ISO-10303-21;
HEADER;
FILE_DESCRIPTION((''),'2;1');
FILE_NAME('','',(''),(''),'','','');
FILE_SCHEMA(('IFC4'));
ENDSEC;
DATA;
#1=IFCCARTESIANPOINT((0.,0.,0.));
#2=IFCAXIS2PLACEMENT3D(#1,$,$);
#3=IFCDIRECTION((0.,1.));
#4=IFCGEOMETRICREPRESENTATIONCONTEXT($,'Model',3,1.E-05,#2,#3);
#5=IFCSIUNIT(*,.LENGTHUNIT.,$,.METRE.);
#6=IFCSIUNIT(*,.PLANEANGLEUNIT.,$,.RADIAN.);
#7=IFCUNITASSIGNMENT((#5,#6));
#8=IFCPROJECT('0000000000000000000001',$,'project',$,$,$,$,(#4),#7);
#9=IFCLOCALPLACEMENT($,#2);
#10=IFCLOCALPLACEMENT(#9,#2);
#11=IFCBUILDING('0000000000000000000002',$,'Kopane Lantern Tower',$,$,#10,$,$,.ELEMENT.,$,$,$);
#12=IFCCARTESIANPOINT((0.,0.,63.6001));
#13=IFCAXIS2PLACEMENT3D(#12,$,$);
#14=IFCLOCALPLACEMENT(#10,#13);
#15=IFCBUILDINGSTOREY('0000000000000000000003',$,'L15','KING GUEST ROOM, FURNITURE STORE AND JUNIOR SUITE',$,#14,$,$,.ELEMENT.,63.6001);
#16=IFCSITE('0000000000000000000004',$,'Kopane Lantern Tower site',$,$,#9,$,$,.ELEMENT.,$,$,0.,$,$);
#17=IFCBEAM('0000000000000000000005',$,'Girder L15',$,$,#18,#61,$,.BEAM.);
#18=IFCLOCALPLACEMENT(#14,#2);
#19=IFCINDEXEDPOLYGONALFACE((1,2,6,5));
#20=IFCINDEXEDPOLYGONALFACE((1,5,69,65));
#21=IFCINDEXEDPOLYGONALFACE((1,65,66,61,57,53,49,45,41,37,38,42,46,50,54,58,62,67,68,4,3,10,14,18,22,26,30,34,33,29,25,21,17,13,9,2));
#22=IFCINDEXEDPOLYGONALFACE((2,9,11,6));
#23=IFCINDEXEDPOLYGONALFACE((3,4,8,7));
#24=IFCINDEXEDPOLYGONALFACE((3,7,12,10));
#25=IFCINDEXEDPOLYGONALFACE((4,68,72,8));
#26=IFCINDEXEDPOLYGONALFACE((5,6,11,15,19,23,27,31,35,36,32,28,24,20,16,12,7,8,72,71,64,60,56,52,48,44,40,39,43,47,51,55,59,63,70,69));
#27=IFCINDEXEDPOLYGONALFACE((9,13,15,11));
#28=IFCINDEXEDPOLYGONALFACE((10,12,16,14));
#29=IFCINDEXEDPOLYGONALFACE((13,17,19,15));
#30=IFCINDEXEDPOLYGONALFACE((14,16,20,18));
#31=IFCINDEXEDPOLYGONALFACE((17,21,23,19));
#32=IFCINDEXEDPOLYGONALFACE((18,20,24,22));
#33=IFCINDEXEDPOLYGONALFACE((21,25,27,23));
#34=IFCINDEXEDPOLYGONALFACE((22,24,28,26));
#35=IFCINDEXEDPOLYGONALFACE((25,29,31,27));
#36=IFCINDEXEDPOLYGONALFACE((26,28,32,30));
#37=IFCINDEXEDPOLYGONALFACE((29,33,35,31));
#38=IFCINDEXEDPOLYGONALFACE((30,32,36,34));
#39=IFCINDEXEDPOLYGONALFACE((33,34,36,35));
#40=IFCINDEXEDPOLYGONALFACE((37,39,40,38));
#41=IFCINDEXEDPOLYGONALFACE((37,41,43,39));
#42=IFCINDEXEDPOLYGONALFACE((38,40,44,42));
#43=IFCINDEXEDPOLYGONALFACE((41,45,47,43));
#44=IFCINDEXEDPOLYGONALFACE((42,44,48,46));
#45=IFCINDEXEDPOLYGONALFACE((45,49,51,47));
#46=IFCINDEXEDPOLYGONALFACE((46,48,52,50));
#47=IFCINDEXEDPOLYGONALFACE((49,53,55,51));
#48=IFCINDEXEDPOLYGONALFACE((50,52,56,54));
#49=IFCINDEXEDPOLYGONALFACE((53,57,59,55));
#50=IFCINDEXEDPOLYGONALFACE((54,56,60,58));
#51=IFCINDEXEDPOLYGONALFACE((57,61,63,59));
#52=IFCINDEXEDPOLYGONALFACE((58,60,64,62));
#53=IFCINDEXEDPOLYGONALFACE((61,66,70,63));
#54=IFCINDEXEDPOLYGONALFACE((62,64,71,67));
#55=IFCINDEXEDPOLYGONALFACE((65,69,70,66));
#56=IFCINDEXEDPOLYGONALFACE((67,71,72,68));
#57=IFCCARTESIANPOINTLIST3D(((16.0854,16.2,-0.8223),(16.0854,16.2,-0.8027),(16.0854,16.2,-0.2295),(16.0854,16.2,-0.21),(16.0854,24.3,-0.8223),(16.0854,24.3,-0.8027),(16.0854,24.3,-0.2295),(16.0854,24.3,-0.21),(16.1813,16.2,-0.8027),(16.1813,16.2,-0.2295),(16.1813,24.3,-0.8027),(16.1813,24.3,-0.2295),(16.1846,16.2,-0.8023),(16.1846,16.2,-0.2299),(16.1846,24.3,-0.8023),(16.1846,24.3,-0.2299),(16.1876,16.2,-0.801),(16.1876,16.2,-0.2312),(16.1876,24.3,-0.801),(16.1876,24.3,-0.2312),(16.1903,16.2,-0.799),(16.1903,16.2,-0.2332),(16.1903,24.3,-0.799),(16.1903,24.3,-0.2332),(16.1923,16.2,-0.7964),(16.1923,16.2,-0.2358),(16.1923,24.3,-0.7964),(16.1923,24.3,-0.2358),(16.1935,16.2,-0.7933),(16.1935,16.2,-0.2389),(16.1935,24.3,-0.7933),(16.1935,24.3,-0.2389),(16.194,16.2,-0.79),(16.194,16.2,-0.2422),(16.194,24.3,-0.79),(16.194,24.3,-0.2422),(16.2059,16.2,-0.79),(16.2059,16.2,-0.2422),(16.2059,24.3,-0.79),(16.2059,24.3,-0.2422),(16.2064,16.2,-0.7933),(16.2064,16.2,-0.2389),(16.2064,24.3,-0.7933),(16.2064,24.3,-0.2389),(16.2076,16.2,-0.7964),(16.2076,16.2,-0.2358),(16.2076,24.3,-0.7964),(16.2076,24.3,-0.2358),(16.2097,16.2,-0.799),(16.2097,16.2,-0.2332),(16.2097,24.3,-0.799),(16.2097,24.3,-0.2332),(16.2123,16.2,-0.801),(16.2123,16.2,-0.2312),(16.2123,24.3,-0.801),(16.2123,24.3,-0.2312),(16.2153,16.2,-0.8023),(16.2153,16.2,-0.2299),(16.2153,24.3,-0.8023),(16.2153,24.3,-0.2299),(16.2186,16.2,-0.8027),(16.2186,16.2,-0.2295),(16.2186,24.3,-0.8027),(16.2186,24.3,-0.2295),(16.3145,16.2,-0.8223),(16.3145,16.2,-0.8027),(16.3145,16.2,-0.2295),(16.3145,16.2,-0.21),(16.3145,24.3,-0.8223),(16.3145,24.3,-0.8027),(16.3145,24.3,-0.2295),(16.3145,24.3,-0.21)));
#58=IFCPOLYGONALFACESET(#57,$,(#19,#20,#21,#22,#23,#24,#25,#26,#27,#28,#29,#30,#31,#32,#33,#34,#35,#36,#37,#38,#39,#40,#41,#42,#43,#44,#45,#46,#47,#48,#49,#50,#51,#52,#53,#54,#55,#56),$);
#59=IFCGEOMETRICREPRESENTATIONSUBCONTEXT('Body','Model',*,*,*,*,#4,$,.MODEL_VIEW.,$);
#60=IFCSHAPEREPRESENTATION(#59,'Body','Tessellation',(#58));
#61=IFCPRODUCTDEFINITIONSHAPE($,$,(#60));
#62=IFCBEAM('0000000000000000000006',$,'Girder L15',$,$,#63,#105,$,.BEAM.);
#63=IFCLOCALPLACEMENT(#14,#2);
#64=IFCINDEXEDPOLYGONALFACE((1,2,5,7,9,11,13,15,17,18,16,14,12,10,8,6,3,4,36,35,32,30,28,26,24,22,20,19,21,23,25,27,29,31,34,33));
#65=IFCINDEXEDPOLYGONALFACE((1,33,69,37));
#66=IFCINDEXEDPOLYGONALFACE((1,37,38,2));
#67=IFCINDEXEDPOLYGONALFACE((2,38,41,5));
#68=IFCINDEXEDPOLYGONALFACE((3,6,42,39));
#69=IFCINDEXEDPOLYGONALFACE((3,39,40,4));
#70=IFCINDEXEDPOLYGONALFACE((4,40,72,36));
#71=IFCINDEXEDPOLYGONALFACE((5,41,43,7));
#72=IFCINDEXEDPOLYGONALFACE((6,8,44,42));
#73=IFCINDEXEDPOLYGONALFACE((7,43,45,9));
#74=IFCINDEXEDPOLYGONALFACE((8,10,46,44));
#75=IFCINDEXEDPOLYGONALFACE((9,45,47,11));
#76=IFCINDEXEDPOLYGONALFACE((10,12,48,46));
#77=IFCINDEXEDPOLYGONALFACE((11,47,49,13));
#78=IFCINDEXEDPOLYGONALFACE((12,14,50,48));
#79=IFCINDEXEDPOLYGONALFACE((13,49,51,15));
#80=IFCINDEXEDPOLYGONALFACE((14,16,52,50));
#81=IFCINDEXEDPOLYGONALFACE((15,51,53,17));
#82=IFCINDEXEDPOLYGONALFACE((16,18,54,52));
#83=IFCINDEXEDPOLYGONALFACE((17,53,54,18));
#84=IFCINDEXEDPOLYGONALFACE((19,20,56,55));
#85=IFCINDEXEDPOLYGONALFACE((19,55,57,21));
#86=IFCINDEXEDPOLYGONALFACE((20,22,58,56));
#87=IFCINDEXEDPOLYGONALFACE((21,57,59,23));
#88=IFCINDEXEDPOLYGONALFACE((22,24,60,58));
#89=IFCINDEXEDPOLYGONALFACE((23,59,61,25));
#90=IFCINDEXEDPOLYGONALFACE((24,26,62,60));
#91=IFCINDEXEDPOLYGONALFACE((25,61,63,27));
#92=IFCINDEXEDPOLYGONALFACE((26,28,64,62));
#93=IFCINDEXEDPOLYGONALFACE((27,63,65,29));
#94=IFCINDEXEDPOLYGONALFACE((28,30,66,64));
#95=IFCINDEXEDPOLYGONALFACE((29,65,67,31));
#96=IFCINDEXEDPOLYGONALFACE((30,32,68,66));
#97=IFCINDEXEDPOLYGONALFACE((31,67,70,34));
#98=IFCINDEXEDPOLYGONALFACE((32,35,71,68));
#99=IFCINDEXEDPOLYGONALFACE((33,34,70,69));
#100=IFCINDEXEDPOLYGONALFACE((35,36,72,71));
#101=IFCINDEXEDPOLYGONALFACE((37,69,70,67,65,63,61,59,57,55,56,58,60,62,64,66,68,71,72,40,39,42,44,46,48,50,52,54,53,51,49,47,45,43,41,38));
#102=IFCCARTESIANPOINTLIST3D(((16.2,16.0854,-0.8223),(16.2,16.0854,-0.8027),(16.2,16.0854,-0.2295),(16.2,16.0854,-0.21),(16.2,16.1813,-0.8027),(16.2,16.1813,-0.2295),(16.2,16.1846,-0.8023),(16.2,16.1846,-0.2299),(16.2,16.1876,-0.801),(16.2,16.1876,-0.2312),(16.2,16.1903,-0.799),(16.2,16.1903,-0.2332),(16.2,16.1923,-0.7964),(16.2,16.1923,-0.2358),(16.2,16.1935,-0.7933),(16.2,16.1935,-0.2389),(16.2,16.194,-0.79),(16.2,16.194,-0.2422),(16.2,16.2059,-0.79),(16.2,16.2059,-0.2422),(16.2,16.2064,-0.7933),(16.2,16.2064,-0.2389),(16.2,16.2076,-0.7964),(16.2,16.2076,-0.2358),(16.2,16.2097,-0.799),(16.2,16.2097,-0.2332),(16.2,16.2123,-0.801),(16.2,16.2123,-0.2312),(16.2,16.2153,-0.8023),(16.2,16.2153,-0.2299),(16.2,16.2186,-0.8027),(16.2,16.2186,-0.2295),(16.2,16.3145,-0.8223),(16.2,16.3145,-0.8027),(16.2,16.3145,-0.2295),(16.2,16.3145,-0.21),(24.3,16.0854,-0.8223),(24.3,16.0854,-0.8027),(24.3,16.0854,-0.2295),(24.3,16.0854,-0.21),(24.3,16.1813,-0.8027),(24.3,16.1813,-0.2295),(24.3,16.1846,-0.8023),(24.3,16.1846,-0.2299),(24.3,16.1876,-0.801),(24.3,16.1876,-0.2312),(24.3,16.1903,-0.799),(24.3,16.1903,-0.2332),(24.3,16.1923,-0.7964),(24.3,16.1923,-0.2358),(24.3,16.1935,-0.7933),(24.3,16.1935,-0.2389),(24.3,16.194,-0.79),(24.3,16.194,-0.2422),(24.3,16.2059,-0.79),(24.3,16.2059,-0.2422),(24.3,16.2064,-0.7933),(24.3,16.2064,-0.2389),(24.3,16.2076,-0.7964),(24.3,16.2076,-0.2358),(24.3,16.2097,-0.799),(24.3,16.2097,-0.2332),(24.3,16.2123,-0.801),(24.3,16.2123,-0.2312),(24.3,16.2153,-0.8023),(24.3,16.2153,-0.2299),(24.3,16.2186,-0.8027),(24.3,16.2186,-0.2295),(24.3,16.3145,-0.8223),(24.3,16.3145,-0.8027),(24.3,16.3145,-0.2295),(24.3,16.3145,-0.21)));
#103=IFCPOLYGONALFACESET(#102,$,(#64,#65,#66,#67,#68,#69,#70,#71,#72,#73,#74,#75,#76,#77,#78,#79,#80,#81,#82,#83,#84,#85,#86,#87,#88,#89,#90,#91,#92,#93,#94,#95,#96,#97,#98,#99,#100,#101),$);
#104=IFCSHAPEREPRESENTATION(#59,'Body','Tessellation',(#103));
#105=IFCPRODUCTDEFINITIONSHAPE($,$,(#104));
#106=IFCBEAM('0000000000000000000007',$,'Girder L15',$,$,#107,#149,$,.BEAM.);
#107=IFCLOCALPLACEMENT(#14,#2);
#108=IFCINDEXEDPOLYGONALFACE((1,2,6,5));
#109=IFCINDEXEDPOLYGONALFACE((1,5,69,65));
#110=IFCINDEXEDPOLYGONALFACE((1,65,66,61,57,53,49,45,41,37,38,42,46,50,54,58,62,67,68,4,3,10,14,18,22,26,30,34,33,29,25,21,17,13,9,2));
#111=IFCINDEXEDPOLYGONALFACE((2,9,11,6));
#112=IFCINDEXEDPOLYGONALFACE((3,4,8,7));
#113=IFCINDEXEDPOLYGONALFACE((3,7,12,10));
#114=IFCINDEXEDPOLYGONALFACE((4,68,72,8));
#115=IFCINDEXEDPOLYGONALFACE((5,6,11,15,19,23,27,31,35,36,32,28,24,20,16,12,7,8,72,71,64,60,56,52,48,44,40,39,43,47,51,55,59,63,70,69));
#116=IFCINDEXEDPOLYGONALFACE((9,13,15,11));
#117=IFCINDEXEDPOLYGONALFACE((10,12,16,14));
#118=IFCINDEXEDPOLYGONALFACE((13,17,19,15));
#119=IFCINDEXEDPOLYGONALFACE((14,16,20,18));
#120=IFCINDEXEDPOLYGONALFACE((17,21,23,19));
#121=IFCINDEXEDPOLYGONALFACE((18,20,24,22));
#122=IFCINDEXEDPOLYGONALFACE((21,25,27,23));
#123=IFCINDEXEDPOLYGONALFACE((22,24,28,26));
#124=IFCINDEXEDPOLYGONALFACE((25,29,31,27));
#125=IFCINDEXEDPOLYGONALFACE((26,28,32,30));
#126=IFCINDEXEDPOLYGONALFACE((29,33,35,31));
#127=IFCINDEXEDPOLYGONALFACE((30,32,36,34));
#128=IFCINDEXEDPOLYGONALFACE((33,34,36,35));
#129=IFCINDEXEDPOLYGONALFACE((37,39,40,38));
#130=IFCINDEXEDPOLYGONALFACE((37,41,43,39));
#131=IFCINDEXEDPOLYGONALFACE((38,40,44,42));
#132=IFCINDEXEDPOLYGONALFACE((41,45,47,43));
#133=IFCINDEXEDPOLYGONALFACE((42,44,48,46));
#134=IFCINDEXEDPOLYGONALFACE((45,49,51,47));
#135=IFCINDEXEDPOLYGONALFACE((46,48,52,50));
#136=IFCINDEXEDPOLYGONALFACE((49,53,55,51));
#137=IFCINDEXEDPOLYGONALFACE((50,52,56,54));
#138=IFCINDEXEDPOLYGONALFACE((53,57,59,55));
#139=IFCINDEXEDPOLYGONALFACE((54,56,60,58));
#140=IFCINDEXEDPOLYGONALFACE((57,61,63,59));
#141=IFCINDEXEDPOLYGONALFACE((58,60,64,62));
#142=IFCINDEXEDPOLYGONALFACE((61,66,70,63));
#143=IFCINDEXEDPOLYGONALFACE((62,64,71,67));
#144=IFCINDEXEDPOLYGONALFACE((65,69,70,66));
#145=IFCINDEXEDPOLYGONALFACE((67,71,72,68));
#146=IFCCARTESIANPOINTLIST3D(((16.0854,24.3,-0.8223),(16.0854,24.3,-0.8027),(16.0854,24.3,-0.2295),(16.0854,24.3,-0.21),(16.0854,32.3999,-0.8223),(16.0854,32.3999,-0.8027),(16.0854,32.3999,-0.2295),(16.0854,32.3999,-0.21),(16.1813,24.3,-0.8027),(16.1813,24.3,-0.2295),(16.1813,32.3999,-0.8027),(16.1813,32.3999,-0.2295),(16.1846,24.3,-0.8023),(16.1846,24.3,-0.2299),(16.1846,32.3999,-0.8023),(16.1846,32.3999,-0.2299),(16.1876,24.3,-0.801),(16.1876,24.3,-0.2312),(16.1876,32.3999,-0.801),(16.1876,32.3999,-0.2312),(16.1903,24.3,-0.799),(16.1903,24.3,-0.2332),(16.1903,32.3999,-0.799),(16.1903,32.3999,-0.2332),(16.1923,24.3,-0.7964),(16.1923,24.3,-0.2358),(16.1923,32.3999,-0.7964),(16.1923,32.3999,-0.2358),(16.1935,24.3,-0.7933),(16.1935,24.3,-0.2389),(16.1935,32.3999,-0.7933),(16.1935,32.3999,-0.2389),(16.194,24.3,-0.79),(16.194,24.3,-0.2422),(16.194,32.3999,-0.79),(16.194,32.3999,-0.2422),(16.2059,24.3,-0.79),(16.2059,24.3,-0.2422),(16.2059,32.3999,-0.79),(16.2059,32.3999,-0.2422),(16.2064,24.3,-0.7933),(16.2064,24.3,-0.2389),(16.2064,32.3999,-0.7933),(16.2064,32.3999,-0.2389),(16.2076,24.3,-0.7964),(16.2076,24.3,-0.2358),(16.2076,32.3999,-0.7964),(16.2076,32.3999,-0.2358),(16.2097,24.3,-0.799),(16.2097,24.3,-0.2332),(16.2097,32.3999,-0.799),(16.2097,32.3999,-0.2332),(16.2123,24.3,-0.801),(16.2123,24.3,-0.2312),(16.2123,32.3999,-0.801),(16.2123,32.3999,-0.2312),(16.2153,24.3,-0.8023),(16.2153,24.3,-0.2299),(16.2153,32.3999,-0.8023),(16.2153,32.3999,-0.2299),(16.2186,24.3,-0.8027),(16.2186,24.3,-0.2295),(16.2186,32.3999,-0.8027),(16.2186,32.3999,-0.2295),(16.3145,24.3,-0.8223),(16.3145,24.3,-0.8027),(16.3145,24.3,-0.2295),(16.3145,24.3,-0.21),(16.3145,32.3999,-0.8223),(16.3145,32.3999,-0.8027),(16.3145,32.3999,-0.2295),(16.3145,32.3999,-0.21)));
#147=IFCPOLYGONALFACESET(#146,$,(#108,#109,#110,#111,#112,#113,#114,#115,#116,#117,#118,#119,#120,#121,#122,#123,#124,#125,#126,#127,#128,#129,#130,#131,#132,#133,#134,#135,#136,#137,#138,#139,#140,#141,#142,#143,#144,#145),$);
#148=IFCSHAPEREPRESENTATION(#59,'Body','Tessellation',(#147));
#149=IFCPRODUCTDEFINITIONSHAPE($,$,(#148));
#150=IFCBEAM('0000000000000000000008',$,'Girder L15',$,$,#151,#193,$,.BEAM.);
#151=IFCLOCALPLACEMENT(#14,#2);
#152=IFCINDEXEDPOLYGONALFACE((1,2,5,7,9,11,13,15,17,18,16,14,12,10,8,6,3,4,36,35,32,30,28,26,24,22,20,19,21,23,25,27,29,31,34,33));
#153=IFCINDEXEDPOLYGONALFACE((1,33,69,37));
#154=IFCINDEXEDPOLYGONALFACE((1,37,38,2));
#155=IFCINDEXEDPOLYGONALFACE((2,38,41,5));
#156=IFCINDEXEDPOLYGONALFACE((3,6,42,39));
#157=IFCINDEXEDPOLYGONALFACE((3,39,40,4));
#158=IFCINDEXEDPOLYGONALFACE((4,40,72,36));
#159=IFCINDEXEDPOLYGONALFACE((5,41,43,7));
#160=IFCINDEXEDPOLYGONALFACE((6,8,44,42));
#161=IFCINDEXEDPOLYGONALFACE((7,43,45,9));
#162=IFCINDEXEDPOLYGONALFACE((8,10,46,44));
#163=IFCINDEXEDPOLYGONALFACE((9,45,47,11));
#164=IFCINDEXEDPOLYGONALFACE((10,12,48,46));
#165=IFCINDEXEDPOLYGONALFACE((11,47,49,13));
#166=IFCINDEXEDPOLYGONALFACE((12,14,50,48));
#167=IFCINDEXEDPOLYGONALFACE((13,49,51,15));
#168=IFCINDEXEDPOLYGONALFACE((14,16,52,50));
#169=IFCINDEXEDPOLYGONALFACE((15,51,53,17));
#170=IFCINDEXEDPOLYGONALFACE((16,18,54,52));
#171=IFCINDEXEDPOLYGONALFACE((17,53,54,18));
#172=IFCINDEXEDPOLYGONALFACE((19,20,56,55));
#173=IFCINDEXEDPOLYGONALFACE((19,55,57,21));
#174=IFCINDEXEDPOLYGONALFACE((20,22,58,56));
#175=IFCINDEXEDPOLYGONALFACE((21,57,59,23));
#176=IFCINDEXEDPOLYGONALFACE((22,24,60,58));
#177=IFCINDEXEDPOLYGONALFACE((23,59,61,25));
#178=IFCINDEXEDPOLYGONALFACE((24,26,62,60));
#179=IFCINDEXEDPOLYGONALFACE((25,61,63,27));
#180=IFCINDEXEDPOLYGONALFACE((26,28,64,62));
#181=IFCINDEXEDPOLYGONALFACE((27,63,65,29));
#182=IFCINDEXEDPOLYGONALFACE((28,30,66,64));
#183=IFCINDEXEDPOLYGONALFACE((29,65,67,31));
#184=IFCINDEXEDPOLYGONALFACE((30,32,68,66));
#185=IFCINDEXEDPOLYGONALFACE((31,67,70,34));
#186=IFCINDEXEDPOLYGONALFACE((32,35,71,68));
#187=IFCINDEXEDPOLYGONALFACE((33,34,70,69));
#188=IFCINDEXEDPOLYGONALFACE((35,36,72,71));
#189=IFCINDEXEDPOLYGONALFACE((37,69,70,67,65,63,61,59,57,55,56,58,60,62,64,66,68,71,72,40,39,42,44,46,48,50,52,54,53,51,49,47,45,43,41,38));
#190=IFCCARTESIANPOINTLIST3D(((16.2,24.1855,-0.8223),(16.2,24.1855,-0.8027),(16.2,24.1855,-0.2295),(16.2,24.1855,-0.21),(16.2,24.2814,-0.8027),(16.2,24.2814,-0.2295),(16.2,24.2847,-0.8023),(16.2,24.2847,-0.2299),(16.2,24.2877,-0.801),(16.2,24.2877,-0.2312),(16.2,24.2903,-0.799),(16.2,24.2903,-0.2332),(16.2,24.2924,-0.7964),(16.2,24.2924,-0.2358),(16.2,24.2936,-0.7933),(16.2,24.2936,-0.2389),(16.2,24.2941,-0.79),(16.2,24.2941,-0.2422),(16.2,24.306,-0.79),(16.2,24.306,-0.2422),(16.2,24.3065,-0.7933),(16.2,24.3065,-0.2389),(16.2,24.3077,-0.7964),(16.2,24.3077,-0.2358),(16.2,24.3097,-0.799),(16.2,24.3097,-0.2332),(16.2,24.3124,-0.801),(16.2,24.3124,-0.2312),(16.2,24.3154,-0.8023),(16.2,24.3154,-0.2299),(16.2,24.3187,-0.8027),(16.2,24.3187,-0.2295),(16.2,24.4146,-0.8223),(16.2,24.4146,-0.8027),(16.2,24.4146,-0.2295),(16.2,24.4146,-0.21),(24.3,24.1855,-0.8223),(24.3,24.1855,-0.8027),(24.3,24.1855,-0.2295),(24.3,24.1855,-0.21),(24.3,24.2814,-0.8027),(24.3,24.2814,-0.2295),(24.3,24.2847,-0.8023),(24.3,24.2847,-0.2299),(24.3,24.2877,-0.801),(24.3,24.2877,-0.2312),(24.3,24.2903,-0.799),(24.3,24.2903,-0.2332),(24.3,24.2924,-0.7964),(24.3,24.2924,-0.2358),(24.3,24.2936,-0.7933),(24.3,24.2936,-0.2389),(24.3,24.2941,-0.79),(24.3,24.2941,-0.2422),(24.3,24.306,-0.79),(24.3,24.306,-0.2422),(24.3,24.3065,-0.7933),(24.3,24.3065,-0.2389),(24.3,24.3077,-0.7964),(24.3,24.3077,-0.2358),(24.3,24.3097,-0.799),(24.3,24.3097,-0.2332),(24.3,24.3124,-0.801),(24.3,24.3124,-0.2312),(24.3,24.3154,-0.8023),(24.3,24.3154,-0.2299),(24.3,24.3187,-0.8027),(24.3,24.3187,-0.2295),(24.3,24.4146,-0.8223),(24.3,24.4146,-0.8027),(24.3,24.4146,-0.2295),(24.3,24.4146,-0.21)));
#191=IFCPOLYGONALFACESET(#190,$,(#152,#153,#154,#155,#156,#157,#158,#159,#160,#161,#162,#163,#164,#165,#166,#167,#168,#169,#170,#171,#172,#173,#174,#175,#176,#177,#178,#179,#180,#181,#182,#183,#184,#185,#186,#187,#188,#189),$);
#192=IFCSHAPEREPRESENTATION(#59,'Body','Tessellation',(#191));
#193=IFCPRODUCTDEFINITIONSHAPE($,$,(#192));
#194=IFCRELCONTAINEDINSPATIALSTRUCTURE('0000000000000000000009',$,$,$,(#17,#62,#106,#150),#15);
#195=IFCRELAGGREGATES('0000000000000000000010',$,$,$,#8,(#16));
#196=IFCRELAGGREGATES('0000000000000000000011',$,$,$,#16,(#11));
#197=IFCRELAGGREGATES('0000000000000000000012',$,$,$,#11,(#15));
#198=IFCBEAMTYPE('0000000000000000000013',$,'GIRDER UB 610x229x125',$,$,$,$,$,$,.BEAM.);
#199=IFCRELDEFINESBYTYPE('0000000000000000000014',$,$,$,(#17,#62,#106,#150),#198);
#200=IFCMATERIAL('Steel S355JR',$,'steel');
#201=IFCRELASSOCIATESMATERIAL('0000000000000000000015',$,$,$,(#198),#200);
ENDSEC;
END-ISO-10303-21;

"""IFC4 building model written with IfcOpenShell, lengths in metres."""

from ifc_helpers import new_model, si_unit, direction, frame, origin, origin_2d, place, context, subcontext, project, spatial, i_section, extrude, material, material_profile, profile_set, type_object, element, save


model = new_model("IFC4")

# Units and contexts
model_context = context("Model", 3, precision=1e-05, world=origin(), true_north=direction((0.0, 1.0)))
body_context = subcontext(model_context, "Body", "Model", "MODEL_VIEW")
ifc_project = project(units=[si_unit("LENGTHUNIT", "METRE"), si_unit("PLANEANGLEUNIT", "RADIAN")], contexts=[model_context])

# Site, building, storey
site_placement = place(None, origin())
site = spatial("IfcSite", under=ifc_project, at=site_placement, Name="Kopane Lantern Tower site", CompositionType="ELEMENT", RefElevation=0.0)
building_placement = place(site_placement, origin())
building = spatial("IfcBuilding", under=site, at=building_placement, Name="Kopane Lantern Tower", CompositionType="ELEMENT")
storey_placement = place(building_placement, frame((0.0, 0.0, 63.6001)))
storey = spatial("IfcBuildingStorey", under=building, at=storey_placement, Name="L15", Description="KING GUEST ROOM, FURNITURE STORE AND JUNIOR SUITE", CompositionType="ELEMENT", Elevation=63.6001)

# Beams
ifc_material_1 = material(Name="Steel S355JR", Category="steel")
ifc_material_profile_1 = material_profile(ifc_material_1, i_section(OverallWidth=0.229, OverallDepth=0.6123, WebThickness=0.012, FlangeThickness=0.0195, FilletRadius=0.0127, at=origin_2d()), Name="UB 610x229x125")
ifc_profile_set_1 = profile_set([ifc_material_profile_1], Name="Steel S355JR")
beam_type = type_object("IfcBeamType", Name="GIRDER UB 610x229x125", PredefinedType="BEAM", material=ifc_profile_set_1)
for number, where, z_axis, x_axis, name in (
    (1, (16.2, 16.2, -0.5161), (0.0, 1.0, 0.0), (-1.0, 0.0, 0.0), "Girder L15"),
    (2, (16.2, 16.2, -0.5161), (1.0, 0.0, 0.0), (0.0, 1.0, 0.0), "Girder L15"),
):
    element("IfcBeam", number, at=place(storey_placement, frame(where, z_axis=z_axis, x_axis=x_axis)), inside=storey, type_object=beam_type, Name=name, PredefinedType="BEAM", context=body_context, shape_type="SweptSolid", body=[
        extrude(i_section(OverallWidth=0.229, OverallDepth=0.6123, WebThickness=0.012, FlangeThickness=0.0195, FilletRadius=0.0127, at=origin_2d()), origin(), (0.0, 0.0, 1.0), 8.1001),
    ])
beam_1_placement = place(storey_placement, frame((16.2, 24.3, -0.5161), z_axis=(0.0, 1.0, 0.0), x_axis=(-1.0, 0.0, 0.0)))
element("IfcBeam", 3, at=beam_1_placement, inside=storey, type_object=beam_type, Name="Girder L15", PredefinedType="BEAM", context=body_context, shape_type="SweptSolid", body=[
    extrude(i_section(OverallWidth=0.229, OverallDepth=0.6123, WebThickness=0.012, FlangeThickness=0.0195, FilletRadius=0.0127, at=origin_2d()), origin(), (0.0, 0.0, 1.0), 8.0999),
])
for number, where, z_axis, x_axis, name in (
    (4, (16.2, 24.3, -0.5161), (1.0, 0.0, 0.0), (0.0, 1.0, 0.0), "Girder L15"),
):
    element("IfcBeam", number, at=place(storey_placement, frame(where, z_axis=z_axis, x_axis=x_axis)), inside=storey, type_object=beam_type, Name=name, PredefinedType="BEAM", context=body_context, shape_type="SweptSolid", body=[
        extrude(i_section(OverallWidth=0.229, OverallDepth=0.6123, WebThickness=0.012, FlangeThickness=0.0195, FilletRadius=0.0127, at=origin_2d()), origin(), (0.0, 0.0, 1.0), 8.1001),
    ])

save(model, "model.ifc")
